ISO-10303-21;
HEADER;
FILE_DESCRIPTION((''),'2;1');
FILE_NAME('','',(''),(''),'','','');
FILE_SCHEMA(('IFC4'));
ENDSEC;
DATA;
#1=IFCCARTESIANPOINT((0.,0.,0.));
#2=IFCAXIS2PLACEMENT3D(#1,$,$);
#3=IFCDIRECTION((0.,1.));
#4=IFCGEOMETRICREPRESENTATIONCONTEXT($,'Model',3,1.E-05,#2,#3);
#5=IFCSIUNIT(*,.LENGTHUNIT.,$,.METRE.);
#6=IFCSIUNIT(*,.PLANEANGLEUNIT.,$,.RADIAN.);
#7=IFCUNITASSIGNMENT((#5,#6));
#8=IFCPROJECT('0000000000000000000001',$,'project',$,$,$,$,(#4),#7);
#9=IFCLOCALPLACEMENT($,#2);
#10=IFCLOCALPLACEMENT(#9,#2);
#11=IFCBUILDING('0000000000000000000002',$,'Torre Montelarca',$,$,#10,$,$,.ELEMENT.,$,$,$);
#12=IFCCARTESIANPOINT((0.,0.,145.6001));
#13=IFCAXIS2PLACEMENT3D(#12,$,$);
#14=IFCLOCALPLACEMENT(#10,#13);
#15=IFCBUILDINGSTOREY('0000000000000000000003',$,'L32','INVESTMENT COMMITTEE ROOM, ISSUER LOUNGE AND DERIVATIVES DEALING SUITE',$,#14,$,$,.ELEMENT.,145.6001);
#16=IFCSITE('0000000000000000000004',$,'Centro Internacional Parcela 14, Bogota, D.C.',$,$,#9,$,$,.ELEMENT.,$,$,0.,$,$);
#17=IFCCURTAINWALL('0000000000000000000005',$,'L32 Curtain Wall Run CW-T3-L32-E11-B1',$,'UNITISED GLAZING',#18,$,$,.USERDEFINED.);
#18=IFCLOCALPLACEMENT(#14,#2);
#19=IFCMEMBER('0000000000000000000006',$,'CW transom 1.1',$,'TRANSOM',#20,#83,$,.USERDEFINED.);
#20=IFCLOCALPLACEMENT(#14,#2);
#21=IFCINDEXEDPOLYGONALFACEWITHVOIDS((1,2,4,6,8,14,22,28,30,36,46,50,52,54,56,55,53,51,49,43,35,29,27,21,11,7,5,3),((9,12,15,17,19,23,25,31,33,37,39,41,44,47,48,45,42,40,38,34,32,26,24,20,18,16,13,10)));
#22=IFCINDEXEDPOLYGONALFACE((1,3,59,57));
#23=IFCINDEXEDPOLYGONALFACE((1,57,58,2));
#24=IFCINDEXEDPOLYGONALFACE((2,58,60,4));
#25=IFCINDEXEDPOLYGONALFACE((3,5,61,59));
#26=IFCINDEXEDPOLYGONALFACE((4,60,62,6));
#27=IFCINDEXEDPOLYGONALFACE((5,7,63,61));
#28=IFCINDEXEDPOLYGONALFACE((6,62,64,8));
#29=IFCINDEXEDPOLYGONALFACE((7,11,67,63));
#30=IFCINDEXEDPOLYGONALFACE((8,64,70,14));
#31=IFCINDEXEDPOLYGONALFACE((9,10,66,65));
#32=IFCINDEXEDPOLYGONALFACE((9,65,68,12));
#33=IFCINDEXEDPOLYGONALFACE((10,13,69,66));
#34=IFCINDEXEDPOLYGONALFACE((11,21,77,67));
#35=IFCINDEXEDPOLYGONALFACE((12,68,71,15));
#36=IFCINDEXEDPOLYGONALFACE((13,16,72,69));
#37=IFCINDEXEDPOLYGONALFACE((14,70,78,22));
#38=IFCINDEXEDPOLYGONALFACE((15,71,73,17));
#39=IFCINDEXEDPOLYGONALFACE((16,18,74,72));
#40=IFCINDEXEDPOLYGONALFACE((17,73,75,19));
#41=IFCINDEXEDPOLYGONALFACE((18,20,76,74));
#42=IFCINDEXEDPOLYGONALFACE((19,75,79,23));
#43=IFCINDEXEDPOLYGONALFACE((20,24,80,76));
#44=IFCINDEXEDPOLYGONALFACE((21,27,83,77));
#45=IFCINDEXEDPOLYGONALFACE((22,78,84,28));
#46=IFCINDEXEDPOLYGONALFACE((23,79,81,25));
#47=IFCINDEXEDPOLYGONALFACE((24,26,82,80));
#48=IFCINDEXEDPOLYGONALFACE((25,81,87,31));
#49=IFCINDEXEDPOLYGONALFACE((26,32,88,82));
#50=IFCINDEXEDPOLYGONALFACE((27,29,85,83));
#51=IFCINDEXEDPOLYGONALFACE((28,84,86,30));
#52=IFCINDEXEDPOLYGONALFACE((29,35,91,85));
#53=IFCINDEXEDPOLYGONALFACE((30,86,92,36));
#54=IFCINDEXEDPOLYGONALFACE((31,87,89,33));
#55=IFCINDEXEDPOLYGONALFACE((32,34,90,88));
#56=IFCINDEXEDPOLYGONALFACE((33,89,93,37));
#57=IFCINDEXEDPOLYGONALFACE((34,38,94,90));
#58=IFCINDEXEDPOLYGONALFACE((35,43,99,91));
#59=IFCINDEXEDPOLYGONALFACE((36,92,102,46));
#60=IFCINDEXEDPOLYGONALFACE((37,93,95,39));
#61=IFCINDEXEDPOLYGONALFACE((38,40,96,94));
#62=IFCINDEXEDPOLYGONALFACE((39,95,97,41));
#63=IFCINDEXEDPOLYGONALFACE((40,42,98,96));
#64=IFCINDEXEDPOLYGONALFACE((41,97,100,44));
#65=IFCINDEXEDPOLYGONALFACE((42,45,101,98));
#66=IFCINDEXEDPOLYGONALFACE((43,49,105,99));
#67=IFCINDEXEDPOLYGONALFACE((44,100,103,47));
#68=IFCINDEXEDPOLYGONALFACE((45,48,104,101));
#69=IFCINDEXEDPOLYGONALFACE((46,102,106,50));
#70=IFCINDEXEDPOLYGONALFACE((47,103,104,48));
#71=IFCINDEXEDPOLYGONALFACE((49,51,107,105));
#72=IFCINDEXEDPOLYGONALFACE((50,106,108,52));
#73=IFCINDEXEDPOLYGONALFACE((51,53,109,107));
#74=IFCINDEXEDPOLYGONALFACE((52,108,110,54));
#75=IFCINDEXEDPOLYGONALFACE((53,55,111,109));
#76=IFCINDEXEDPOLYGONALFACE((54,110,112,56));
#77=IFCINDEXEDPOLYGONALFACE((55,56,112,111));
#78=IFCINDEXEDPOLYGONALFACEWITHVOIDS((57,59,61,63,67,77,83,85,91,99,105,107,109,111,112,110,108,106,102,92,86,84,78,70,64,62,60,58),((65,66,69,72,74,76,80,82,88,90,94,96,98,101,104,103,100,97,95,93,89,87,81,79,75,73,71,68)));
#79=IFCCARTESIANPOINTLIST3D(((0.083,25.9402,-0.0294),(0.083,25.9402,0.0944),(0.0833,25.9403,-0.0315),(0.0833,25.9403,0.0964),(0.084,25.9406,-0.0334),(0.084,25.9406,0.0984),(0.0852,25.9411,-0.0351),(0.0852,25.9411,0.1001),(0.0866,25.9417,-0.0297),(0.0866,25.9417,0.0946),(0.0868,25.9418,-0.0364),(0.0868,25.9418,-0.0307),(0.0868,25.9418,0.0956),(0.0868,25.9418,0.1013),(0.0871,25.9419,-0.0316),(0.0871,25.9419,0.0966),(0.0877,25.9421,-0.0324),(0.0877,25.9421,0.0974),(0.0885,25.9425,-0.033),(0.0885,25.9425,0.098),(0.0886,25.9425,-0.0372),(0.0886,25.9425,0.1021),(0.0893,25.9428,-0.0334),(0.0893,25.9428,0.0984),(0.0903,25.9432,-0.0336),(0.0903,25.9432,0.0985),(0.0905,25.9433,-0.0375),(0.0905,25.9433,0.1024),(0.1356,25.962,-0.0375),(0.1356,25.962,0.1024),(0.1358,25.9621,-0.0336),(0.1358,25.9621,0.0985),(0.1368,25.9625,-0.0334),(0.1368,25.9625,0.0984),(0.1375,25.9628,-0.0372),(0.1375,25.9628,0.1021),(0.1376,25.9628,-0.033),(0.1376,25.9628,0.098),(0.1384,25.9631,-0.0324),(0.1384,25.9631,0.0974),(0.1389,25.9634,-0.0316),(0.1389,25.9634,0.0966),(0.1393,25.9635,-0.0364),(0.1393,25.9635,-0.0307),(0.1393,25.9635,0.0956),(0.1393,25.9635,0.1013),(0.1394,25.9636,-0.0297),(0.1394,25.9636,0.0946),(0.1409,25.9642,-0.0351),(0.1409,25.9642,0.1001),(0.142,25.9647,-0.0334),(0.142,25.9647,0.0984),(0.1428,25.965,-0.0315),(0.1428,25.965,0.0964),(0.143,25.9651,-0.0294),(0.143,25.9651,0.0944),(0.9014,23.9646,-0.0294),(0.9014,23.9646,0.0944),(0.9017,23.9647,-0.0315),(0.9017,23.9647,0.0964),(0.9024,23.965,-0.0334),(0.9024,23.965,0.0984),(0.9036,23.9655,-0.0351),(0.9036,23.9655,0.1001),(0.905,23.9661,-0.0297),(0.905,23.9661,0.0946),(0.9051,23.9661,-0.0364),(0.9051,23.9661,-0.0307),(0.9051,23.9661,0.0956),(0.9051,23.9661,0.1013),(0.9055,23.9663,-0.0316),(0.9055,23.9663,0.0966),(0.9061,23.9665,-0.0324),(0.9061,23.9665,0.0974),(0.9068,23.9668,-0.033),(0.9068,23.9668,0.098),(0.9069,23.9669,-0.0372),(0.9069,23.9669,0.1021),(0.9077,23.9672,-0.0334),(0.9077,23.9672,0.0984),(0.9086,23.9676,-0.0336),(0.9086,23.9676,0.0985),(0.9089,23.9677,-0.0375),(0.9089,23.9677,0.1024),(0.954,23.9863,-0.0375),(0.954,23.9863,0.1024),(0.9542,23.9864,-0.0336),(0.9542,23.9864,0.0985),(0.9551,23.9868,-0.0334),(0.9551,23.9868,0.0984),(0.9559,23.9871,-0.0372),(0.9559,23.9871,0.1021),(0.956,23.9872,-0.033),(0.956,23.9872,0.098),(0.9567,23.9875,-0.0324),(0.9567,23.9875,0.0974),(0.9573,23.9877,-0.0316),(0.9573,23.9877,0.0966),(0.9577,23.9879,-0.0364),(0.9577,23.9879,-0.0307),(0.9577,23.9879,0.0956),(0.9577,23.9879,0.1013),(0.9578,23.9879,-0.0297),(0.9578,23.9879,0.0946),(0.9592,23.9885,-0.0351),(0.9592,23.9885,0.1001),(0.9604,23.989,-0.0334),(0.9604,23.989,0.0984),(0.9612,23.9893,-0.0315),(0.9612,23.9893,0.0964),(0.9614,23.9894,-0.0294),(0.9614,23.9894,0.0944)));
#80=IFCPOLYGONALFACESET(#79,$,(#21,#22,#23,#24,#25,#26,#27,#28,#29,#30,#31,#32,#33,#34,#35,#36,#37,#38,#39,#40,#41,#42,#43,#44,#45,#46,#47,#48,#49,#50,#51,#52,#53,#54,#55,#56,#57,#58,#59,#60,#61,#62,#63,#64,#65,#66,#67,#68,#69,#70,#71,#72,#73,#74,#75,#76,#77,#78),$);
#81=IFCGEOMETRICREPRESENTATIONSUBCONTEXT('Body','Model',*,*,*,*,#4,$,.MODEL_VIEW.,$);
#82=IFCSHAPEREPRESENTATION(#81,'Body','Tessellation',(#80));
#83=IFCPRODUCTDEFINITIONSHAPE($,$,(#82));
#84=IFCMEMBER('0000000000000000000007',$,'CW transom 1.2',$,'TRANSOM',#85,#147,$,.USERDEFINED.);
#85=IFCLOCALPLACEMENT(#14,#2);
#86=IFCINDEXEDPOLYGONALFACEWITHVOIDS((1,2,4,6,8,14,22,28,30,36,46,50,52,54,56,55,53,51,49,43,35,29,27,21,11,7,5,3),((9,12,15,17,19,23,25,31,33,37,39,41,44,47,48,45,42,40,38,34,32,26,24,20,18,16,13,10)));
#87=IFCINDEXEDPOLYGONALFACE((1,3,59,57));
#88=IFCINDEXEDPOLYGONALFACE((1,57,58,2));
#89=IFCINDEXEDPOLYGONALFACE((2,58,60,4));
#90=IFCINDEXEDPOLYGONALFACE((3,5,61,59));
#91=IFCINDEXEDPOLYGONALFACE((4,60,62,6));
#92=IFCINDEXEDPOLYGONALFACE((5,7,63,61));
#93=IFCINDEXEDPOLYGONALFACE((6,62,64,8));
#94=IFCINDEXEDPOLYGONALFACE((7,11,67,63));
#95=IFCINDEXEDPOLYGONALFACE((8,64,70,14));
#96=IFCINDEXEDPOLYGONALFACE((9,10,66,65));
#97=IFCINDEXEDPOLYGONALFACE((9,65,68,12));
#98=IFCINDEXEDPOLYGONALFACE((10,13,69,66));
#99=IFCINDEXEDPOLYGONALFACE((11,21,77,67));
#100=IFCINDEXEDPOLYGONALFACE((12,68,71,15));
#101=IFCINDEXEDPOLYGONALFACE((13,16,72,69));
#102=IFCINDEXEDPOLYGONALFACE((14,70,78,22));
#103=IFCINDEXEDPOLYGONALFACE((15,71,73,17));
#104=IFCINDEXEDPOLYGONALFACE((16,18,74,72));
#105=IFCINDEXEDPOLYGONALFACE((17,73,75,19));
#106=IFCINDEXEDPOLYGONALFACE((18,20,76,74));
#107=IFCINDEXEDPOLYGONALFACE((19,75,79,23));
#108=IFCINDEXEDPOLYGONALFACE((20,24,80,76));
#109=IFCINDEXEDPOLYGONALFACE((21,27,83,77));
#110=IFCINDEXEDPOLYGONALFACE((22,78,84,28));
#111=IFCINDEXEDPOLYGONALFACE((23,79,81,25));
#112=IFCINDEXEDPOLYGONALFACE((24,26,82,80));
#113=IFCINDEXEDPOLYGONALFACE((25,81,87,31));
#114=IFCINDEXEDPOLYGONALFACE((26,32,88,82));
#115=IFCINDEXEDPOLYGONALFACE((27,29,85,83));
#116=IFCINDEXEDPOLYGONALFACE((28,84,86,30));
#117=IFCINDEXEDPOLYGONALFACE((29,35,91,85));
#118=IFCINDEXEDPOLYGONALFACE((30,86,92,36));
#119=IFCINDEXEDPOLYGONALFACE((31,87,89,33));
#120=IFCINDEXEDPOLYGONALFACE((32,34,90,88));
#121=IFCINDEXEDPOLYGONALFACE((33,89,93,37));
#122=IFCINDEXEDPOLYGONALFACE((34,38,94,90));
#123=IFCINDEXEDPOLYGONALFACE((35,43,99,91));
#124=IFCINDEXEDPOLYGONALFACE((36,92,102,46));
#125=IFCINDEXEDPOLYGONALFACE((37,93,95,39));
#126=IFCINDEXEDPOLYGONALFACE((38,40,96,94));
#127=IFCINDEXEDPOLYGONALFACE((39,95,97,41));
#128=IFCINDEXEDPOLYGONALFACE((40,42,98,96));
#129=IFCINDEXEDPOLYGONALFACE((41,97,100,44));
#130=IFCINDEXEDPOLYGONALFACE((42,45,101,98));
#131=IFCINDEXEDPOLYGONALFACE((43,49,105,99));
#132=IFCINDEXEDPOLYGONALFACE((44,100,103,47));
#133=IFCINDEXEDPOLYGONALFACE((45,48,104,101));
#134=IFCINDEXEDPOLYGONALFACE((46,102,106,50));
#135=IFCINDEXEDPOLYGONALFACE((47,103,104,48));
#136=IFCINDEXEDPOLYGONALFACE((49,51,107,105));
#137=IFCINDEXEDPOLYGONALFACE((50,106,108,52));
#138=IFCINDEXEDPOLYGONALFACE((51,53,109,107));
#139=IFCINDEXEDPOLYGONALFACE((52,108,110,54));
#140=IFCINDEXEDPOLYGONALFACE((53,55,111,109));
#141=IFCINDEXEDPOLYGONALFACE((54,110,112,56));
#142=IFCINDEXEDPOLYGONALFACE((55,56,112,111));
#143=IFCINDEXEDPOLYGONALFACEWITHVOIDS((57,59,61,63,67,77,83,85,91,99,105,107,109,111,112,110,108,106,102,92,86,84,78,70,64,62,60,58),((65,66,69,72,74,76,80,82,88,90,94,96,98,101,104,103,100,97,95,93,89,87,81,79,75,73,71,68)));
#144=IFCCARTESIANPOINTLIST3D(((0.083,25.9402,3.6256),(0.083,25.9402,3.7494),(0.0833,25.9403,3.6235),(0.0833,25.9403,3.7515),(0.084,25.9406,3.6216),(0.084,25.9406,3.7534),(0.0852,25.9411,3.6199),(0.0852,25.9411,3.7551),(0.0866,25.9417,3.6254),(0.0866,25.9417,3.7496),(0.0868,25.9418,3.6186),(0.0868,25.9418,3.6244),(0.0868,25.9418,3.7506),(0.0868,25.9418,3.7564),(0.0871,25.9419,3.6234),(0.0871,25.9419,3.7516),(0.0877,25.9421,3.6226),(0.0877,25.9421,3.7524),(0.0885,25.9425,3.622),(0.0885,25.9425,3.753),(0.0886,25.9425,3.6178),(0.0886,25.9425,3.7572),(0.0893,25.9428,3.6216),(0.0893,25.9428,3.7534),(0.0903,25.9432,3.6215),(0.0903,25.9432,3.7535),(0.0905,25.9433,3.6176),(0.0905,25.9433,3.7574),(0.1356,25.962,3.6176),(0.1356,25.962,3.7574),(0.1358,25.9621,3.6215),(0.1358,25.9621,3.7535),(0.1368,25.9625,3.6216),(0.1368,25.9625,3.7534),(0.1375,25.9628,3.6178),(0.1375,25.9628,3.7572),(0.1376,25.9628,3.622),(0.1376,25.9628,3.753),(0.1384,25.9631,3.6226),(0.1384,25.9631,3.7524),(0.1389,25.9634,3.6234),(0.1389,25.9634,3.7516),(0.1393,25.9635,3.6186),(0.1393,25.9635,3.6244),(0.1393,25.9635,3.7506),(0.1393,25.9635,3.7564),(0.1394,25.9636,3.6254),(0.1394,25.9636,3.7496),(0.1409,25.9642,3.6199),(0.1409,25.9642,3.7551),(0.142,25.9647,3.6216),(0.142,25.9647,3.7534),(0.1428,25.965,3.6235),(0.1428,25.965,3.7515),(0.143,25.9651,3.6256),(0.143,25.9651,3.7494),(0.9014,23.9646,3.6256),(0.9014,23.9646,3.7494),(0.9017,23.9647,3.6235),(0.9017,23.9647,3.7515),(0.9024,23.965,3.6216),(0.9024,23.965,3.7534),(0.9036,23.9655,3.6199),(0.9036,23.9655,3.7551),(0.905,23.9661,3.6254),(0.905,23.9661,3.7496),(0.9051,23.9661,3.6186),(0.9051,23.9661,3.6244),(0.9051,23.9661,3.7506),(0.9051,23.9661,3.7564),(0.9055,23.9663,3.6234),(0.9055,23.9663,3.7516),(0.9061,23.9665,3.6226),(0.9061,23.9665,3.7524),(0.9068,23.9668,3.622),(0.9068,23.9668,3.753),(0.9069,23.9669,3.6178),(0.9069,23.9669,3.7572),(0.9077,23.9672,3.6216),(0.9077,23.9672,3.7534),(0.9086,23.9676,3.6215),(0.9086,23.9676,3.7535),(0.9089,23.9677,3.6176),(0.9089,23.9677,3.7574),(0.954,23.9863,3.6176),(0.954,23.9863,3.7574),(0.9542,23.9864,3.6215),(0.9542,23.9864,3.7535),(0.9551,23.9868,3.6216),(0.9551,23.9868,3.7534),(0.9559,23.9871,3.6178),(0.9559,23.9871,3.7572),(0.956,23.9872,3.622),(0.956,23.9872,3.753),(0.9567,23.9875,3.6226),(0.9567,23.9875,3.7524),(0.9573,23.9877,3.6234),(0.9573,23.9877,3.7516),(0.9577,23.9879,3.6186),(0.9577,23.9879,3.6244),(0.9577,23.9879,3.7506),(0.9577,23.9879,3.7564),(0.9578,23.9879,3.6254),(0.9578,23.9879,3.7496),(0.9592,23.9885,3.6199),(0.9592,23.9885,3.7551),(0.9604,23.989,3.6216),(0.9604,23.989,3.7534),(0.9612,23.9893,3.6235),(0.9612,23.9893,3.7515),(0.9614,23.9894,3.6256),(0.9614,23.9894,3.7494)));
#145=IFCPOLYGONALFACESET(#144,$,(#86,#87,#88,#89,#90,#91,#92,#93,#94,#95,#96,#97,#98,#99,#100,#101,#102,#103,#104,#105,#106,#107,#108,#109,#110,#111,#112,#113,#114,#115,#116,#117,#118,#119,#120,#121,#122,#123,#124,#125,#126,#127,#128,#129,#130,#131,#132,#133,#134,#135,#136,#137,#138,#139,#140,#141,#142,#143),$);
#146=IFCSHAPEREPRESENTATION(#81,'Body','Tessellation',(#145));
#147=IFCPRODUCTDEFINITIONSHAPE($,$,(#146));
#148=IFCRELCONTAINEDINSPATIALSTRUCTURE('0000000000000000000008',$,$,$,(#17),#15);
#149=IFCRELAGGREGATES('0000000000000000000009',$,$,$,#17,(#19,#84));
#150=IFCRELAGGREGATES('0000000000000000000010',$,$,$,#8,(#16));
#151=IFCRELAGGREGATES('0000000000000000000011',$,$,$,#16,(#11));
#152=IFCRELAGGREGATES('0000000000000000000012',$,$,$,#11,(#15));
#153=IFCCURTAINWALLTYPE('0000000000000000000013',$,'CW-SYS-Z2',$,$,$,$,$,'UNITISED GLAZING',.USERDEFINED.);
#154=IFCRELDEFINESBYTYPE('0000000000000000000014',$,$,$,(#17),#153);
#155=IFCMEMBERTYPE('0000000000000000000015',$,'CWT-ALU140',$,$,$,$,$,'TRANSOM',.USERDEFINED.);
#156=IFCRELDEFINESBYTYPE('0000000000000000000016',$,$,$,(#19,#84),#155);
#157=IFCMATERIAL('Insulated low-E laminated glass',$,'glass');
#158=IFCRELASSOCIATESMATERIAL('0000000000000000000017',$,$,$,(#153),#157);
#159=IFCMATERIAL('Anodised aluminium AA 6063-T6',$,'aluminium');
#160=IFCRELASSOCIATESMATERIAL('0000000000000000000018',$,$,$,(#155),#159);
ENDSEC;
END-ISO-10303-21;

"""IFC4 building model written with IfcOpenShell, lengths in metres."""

from ifc_helpers import new_model, si_unit, direction, frame, origin, origin_2d, place, context, subcontext, project, spatial, hollow_rectangle, extrude, source, transform, mapped, material, material_profile, profile_set, type_object, element, aggregate, save


model = new_model("IFC4")

# Units and contexts
model_context = context("Model", 3, precision=1e-05, world=origin(), true_north=direction((0.0, 1.0)))
body_context = subcontext(model_context, "Body", "Model", "MODEL_VIEW")
ifc_project = project(units=[si_unit("LENGTHUNIT", "METRE"), si_unit("PLANEANGLEUNIT", "RADIAN")], contexts=[model_context])

# Site, building, storey
site_placement = place(None, origin())
site = spatial("IfcSite", under=ifc_project, at=site_placement, Name="Centro Internacional Parcela 14, Bogota, D.C.", CompositionType="ELEMENT", RefElevation=0.0)
building_placement = place(site_placement, origin())
building = spatial("IfcBuilding", under=site, at=building_placement, Name="Torre Montelarca", CompositionType="ELEMENT")
storey_placement = place(building_placement, frame((0.0, 0.0, 145.6001)))
storey = spatial("IfcBuildingStorey", under=building, at=storey_placement, Name="L32", Description="INVESTMENT COMMITTEE ROOM, ISSUER LOUNGE AND DERIVATIVES DEALING SUITE", CompositionType="ELEMENT", Elevation=145.6001)

# Curtain wall
ifc_material_1 = material(Name="Insulated low-E laminated glass", Category="glass")
curtain_wall_type = type_object("IfcCurtainWallType", Name="CW-SYS-Z2", ElementType="UNITISED GLAZING", PredefinedType="USERDEFINED", material=ifc_material_1)
ifc_material_2 = material(Name="Anodised aluminium AA 6063-T6", Category="aluminium")
curtain_wall_1_placement = place(storey_placement, origin())
curtain_wall_1 = element("IfcCurtainWall", 1, at=curtain_wall_1_placement, inside=storey, type_object=curtain_wall_type, Name="L32 Curtain Wall Run CW-T3-L32-E11-B1", ObjectType="UNITISED GLAZING", PredefinedType="USERDEFINED")

# Members
ifc_material_profile_1 = material_profile(ifc_material_2, hollow_rectangle(XDim=0.0649, YDim=0.1399, WallThickness=0.0039, InnerFilletRadius=0.0039, OuterFilletRadius=0.0081, at=origin_2d()), Name="ALU65X140X4", Category="aluminium")
ifc_profile_set_1 = profile_set([ifc_material_profile_1], Name="Anodised aluminium AA 6063-T6")
member_type_1 = type_object("IfcMemberType", Name="CWT-ALU140", ElementType="TRANSOM", PredefinedType="USERDEFINED", material=ifc_profile_set_1)
shared_shape_1 = source(origin(), body_context, "Body", "SweptSolid", [
    extrude(hollow_rectangle(XDim=0.0649, YDim=0.1399, WallThickness=0.0039, InnerFilletRadius=0.0039, OuterFilletRadius=0.0081, at=origin_2d()), origin(), (0.0, 0.0, 1.0), 2.1384),
])
member_1_placement = place(storey_placement, frame((0.113, 25.9526, 0.0325), z_axis=(0.382701, -0.923872, 0.0), x_axis=(0.923872, 0.382701, 0.0)))
member_1 = element("IfcMember", 2, at=member_1_placement, type_object=member_type_1, Name="CW transom 1.1", ObjectType="TRANSOM", PredefinedType="USERDEFINED", context=body_context, shape_type="MappedRepresentation", body=[
    mapped(shared_shape_1, transform((0.0, 0.0, 0.0), scale=1.0)),
])
member_2_placement = place(storey_placement, frame((0.113, 25.9526, 3.6875), z_axis=(0.382701, -0.923872, 0.0), x_axis=(0.923872, 0.382701, 0.0)))
member_2 = element("IfcMember", 3, at=member_2_placement, type_object=member_type_1, Name="CW transom 1.2", ObjectType="TRANSOM", PredefinedType="USERDEFINED", context=body_context, shape_type="MappedRepresentation", body=[
    mapped(shared_shape_1, transform((0.0, 0.0, 0.0), scale=1.0)),
])

aggregate(curtain_wall_1, [member_1, member_2])

save(model, "model.ifc")
